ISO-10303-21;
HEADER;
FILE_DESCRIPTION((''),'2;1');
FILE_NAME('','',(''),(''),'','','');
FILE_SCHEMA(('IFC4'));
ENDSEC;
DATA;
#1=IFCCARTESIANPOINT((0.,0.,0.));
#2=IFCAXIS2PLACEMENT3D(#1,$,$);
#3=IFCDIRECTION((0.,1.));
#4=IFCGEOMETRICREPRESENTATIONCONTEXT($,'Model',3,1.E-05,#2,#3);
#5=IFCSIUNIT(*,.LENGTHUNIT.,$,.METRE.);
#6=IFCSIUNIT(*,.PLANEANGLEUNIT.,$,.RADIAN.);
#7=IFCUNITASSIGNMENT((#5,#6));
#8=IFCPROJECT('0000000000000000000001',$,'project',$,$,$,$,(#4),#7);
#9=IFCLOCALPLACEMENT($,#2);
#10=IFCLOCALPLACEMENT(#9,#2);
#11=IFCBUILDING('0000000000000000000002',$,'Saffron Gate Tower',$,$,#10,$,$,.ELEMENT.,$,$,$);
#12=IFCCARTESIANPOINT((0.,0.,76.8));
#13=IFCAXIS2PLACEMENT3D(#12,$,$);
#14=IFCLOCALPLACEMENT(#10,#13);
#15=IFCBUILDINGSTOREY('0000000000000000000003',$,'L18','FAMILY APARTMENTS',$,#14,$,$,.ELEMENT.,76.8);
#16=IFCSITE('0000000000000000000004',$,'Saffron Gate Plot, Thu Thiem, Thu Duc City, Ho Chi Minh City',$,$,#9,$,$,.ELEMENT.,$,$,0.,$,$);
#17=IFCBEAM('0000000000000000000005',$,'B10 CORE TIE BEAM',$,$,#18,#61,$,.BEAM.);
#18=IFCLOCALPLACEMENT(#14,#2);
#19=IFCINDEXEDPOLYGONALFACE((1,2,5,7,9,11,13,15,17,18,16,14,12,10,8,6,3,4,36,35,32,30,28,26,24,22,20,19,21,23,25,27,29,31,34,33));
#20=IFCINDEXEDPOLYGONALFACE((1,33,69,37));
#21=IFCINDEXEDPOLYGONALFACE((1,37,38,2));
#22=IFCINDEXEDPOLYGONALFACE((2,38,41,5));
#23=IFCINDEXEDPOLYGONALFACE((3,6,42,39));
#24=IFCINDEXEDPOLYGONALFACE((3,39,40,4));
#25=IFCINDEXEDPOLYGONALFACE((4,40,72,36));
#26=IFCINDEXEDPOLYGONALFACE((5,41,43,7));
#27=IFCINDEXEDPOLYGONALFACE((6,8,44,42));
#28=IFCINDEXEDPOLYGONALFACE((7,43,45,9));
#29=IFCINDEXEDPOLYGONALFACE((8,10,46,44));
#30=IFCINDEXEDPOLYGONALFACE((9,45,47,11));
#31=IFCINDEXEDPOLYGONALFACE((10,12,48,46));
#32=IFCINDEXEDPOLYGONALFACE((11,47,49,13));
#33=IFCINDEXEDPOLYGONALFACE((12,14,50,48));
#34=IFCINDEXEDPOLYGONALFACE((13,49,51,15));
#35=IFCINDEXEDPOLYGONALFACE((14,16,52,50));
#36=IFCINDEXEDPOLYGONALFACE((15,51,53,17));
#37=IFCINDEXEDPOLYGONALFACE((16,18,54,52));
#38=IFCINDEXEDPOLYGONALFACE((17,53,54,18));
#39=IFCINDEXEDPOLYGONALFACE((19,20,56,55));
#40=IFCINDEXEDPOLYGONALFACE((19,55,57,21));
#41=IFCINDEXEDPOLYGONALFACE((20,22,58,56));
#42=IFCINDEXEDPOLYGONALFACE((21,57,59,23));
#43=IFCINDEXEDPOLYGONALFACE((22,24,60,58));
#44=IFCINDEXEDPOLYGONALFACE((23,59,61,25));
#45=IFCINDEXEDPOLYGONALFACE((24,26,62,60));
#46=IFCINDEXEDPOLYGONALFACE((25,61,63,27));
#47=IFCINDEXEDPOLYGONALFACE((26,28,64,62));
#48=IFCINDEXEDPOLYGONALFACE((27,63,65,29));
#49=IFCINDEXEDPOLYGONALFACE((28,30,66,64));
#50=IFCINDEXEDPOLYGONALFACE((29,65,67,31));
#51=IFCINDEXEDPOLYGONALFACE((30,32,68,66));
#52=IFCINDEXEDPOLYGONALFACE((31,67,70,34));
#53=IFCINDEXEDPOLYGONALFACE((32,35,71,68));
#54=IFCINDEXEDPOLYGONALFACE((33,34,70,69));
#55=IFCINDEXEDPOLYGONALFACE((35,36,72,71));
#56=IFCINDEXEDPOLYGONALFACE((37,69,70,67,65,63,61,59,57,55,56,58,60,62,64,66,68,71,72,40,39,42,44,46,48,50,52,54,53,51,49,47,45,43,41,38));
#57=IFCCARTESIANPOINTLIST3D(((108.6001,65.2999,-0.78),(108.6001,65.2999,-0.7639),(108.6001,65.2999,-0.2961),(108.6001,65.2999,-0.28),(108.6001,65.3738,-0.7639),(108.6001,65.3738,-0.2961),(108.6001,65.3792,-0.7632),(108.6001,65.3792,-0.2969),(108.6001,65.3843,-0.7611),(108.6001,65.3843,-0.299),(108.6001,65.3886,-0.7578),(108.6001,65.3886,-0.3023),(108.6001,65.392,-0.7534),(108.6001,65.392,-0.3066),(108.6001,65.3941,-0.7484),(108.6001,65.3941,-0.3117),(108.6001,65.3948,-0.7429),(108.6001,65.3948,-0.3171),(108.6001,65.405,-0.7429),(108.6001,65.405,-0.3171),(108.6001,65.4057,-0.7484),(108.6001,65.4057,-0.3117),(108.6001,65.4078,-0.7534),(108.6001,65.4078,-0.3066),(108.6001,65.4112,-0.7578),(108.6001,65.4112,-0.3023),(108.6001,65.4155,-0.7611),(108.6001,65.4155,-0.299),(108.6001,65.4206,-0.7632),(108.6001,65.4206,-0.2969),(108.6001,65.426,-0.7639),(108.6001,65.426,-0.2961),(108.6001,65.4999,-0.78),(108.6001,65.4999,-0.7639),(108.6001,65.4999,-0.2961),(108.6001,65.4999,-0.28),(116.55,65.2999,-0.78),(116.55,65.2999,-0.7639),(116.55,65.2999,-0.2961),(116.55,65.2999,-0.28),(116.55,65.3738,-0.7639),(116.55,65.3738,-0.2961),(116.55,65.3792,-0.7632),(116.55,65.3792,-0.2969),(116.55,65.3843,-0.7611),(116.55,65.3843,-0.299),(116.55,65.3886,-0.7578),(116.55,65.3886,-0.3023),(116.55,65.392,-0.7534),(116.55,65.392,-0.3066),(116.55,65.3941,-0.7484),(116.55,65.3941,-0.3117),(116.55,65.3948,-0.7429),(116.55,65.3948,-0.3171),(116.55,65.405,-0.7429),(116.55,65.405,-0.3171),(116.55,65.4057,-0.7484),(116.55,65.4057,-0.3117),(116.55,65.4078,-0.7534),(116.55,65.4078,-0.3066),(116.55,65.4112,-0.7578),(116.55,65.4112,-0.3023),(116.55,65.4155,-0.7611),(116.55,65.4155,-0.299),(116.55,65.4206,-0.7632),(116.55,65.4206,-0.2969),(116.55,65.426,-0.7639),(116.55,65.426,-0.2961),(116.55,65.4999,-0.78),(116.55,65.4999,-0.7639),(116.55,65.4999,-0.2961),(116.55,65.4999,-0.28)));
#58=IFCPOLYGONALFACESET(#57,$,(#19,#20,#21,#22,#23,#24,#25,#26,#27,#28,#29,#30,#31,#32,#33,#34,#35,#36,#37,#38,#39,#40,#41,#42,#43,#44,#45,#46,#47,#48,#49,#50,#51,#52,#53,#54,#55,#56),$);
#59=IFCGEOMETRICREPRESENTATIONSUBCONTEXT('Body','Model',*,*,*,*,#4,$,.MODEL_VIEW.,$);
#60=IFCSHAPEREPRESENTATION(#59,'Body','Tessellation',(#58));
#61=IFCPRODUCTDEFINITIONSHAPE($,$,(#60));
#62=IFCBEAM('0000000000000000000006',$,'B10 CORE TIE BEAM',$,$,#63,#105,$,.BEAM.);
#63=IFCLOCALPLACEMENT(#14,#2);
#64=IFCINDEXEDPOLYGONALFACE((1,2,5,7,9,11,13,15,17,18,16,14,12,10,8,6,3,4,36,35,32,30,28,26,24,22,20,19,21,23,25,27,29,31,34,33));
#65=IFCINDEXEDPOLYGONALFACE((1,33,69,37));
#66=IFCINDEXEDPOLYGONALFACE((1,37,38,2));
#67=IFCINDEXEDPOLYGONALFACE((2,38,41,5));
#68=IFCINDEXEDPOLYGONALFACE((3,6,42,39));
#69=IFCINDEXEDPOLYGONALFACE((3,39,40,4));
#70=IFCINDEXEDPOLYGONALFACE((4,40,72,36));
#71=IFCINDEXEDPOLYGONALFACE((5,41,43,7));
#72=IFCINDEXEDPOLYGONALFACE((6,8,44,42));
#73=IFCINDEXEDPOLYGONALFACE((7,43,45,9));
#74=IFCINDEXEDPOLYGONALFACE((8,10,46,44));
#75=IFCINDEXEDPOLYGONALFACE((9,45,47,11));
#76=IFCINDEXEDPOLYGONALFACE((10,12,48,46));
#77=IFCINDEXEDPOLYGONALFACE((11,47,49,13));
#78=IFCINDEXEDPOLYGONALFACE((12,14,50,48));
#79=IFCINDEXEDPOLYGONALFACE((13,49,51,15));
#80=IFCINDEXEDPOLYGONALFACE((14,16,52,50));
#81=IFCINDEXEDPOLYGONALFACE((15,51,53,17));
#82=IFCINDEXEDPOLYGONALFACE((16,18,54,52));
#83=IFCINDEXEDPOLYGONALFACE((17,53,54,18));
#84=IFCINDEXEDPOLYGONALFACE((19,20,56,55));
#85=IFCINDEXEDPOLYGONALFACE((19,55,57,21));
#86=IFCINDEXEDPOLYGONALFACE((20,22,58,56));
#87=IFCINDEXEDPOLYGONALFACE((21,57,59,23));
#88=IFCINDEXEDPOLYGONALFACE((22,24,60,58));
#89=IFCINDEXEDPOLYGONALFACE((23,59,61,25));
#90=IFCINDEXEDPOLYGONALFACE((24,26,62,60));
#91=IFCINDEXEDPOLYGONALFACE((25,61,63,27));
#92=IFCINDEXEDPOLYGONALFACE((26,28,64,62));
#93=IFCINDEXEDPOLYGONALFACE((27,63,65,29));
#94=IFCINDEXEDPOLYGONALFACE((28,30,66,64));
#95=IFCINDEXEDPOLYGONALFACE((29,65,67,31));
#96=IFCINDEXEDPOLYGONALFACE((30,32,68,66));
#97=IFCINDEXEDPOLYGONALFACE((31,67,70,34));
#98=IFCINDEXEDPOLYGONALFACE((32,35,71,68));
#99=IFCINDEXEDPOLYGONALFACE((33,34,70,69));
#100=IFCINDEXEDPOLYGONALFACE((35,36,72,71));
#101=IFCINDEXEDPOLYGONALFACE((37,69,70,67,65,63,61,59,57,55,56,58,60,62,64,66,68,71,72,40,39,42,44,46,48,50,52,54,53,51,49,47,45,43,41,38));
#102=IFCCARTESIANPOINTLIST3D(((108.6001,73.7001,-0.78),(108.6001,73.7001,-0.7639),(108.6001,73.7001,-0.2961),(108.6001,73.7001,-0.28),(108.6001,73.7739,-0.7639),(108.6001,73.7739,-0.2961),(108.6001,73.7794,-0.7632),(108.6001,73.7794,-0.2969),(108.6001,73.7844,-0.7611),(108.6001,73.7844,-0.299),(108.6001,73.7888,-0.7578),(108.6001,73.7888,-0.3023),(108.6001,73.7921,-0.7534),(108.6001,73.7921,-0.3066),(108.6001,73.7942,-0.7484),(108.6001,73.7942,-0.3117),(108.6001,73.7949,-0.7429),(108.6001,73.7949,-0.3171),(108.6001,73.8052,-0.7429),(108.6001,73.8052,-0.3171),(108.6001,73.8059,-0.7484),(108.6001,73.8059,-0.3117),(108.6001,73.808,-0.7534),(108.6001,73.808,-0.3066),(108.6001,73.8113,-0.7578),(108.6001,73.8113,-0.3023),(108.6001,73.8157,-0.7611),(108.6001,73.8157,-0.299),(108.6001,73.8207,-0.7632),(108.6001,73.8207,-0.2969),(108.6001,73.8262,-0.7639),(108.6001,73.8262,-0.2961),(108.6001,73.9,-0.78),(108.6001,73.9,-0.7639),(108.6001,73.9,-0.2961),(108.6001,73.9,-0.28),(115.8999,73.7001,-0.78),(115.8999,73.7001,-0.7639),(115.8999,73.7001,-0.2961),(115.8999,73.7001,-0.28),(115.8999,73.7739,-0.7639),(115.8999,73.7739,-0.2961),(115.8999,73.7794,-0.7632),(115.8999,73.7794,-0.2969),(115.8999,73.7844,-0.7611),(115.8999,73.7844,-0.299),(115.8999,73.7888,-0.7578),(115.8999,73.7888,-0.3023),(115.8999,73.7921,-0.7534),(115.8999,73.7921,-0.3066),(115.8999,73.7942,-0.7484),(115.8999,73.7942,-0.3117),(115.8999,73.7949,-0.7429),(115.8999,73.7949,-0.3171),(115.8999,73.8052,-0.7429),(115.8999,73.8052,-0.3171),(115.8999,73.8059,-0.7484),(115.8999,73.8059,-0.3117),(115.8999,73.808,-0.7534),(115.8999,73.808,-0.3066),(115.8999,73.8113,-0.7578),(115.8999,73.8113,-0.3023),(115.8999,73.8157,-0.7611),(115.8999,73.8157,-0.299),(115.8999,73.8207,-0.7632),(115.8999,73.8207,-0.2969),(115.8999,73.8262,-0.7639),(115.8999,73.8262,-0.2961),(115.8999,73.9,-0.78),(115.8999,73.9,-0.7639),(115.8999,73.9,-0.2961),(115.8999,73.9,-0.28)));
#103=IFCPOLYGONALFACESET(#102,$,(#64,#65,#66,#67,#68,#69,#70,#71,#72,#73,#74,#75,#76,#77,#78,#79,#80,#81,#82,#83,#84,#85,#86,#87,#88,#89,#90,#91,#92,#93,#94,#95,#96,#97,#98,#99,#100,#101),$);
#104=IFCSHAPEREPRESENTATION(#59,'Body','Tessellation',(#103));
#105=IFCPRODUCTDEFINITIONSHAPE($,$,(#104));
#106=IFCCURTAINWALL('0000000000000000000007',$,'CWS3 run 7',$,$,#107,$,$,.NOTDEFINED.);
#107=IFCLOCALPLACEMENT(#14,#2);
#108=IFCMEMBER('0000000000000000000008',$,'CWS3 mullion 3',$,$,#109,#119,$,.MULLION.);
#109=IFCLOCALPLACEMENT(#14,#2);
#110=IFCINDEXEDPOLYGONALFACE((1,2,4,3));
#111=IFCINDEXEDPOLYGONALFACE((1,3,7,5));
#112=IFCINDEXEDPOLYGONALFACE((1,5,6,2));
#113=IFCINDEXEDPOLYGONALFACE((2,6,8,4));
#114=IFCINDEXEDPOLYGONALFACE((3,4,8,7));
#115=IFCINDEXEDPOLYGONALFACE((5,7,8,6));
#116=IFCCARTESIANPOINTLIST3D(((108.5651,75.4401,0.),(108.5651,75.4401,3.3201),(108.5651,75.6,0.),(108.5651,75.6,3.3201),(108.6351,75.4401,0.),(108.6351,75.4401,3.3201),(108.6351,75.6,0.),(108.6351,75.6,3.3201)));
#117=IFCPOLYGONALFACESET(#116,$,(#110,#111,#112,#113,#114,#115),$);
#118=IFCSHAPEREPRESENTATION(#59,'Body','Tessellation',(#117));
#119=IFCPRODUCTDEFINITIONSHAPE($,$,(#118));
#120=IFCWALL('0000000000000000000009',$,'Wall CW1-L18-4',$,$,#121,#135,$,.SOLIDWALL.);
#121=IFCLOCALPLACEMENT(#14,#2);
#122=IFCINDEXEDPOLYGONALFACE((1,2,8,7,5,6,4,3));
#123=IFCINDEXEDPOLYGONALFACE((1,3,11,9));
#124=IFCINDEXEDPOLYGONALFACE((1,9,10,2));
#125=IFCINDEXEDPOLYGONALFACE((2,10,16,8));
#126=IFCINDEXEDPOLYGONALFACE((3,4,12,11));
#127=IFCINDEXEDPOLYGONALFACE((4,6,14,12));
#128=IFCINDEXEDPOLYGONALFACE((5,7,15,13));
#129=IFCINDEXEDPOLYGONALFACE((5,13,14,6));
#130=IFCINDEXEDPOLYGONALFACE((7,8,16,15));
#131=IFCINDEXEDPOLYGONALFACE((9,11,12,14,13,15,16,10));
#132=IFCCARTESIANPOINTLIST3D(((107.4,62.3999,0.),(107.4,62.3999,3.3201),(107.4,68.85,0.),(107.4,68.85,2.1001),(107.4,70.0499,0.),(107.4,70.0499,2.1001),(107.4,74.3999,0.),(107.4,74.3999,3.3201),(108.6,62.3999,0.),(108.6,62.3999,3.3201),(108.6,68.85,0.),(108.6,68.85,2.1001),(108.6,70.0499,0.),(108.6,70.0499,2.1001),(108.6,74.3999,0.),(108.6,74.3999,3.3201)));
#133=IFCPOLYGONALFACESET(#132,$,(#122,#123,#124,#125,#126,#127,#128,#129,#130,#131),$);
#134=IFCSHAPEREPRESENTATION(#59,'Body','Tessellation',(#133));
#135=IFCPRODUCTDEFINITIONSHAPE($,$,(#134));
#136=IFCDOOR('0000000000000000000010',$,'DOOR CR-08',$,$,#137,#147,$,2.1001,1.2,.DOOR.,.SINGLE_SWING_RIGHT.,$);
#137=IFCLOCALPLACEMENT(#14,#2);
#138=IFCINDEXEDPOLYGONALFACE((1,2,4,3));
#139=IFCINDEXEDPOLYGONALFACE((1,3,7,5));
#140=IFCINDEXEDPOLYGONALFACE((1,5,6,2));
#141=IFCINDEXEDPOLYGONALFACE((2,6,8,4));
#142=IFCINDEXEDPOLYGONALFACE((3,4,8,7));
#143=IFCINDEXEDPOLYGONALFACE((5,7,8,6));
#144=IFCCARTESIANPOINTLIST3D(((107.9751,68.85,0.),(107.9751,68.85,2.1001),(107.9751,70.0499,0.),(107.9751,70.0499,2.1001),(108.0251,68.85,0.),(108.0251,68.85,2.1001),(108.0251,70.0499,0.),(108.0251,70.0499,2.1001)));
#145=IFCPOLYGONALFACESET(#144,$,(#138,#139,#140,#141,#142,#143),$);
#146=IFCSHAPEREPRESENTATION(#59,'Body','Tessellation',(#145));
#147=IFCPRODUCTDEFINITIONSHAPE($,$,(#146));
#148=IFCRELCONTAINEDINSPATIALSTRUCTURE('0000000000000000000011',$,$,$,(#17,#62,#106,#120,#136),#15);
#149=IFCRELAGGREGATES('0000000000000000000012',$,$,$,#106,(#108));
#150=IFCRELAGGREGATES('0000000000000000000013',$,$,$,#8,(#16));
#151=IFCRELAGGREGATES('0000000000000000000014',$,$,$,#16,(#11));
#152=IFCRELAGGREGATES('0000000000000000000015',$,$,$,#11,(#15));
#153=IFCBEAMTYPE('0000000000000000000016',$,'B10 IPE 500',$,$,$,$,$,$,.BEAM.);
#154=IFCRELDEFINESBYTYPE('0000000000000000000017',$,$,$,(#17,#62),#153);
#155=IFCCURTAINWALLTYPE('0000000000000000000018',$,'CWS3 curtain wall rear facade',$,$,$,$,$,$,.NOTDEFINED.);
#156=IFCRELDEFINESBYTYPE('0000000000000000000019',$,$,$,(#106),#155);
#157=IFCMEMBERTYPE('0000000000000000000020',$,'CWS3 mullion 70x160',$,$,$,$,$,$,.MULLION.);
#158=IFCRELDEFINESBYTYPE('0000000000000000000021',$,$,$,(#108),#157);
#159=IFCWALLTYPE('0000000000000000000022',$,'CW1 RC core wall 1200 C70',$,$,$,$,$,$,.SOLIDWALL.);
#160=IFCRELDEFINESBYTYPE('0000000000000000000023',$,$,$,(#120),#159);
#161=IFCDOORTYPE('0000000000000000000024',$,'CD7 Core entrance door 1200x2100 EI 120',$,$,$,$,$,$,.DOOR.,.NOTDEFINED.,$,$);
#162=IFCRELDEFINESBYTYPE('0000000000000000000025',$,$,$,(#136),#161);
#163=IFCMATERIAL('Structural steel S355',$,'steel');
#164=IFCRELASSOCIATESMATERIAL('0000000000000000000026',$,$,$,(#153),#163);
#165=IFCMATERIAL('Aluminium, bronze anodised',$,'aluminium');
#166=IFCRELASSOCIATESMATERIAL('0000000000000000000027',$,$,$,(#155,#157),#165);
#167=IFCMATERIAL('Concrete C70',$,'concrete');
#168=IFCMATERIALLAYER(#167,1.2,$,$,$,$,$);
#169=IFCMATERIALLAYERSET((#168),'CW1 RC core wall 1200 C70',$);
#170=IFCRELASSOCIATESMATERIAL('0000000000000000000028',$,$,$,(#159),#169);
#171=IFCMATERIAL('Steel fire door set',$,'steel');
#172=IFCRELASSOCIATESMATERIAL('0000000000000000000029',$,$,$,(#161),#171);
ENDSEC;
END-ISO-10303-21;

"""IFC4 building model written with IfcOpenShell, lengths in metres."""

from ifc_helpers import new_model, si_unit, direction, frame, frame_2d, origin, origin_2d, place, context, subcontext, project, spatial, rectangle, i_section, extrude, material, layer, layer_set, material_profile, profile_set, type_object, element, fill, aggregate, save


model = new_model("IFC4")

# Units and contexts
model_context = context("Model", 3, precision=1e-05, world=origin(), true_north=direction((0.0, 1.0)))
body_context = subcontext(model_context, "Body", "Model", "MODEL_VIEW")
ifc_project = project(units=[si_unit("LENGTHUNIT", "METRE"), si_unit("PLANEANGLEUNIT", "RADIAN")], contexts=[model_context])

# Site, building, storey
site_placement = place(None, origin())
site = spatial("IfcSite", under=ifc_project, at=site_placement, Name="Saffron Gate Plot, Thu Thiem, Thu Duc City, Ho Chi Minh City", CompositionType="ELEMENT", RefElevation=0.0)
building_placement = place(site_placement, origin())
building = spatial("IfcBuilding", under=site, at=building_placement, Name="Saffron Gate Tower", CompositionType="ELEMENT")
storey_placement = place(building_placement, frame((0.0, 0.0, 76.8)))
storey = spatial("IfcBuildingStorey", under=building, at=storey_placement, Name="L18", Description="FAMILY APARTMENTS", CompositionType="ELEMENT", Elevation=76.8)

# Beams
ifc_material_1 = material(Name="Structural steel S355", Category="steel")
ifc_material_profile_1 = material_profile(ifc_material_1, i_section(OverallWidth=0.2, OverallDepth=0.5, WebThickness=0.0103, FlangeThickness=0.0161, FilletRadius=0.021, at=origin_2d()))
ifc_profile_set_1 = profile_set([ifc_material_profile_1], Name="Structural steel S355")
beam_type = type_object("IfcBeamType", Name="B10 IPE 500", PredefinedType="BEAM", material=ifc_profile_set_1)
beam_1_placement = place(storey_placement, frame((116.55, 65.3999, -0.53), z_axis=(-1.0, 0.0, 0.0), x_axis=(0.0, -1.0, 0.0)))
element("IfcBeam", 1, at=beam_1_placement, inside=storey, type_object=beam_type, Name="B10 CORE TIE BEAM", PredefinedType="BEAM", context=body_context, shape_type="SweptSolid", body=[
    extrude(i_section(OverallWidth=0.2, OverallDepth=0.5, WebThickness=0.0103, FlangeThickness=0.0161, FilletRadius=0.021, at=origin_2d()), origin(), (0.0, 0.0, 1.0), 7.95),
])
beam_2_placement = place(storey_placement, frame((115.8999, 73.8, -0.53), z_axis=(-1.0, 0.0, 0.0), x_axis=(0.0, -1.0, 0.0)))
element("IfcBeam", 2, at=beam_2_placement, inside=storey, type_object=beam_type, Name="B10 CORE TIE BEAM", PredefinedType="BEAM", context=body_context, shape_type="SweptSolid", body=[
    extrude(i_section(OverallWidth=0.2, OverallDepth=0.5, WebThickness=0.0103, FlangeThickness=0.0161, FilletRadius=0.021, at=origin_2d()), origin(), (0.0, 0.0, 1.0), 7.2998),
])

# Curtain wall, member
ifc_material_2 = material(Name="Aluminium, bronze anodised", Category="aluminium")
curtain_wall_type = type_object("IfcCurtainWallType", Name="CWS3 curtain wall rear facade", PredefinedType="NOTDEFINED", material=ifc_material_2)
curtain_wall_placement = place(storey_placement, origin())
curtain_wall = element("IfcCurtainWall", 3, at=curtain_wall_placement, inside=storey, type_object=curtain_wall_type, Name="CWS3 run 7", PredefinedType="NOTDEFINED")
ifc_material_profile_2 = material_profile(ifc_material_2, rectangle(XDim=0.1599, YDim=0.0701, at=origin_2d()))
ifc_profile_set_2 = profile_set([ifc_material_profile_2], Name="Aluminium, bronze anodised")
member_type = type_object("IfcMemberType", Name="CWS3 mullion 70x160", PredefinedType="MULLION", material=ifc_profile_set_2)
member_placement = place(storey_placement, frame((108.6001, 75.52, 0.0), z_axis=(0.0, 0.0, 1.0), x_axis=(0.0, -1.0, 0.0)))
member = element("IfcMember", 4, at=member_placement, type_object=member_type, Name="CWS3 mullion 3", PredefinedType="MULLION", context=body_context, shape_type="SweptSolid", body=[
    extrude(rectangle(XDim=0.1599, YDim=0.0701, at=origin_2d()), origin(), (0.0, 0.0, 1.0), 3.3201),
])
aggregate(curtain_wall, [member])

# Wall, opening, door
ifc_material_3 = material(Name="Concrete C70", Category="concrete")
ifc_layer_1 = layer(ifc_material_3, 1.2)
ifc_layer_set_1 = layer_set([ifc_layer_1], Name="CW1 RC core wall 1200 C70")
wall_type_1 = type_object("IfcWallType", Name="CW1 RC core wall 1200 C70", PredefinedType="SOLIDWALL", material=ifc_layer_set_1)
wall_1_placement = place(storey_placement, frame((108.0, 62.3999, 0.0), z_axis=(0.0, 0.0, 1.0), x_axis=(0.0, 1.0, 0.0)))
wall_1 = element("IfcWall", 5, at=wall_1_placement, inside=storey, type_object=wall_type_1, Name="Wall CW1-L18-4", PredefinedType="SOLIDWALL", context=body_context, shape_type="SweptSolid", body=[
    extrude(rectangle(XDim=12.0, YDim=1.2, at=frame_2d((6.0, 0.0))), origin(), (0.0, 0.0, 1.0), 3.3201),
])
opening_1_placement = place(wall_1_placement, frame((6.45, 0.0, 0.0)))
opening_1 = element("IfcOpeningElement", 6, at=opening_1_placement, cuts=wall_1, PredefinedType="OPENING", context=body_context, shape_type="SweptSolid", body=[
    extrude(rectangle(XDim=1.2, YDim=2.1001, at=frame_2d((0.6001, 1.05))), frame((0.0, 0.6099, 0.0), z_axis=(0.0, -1.0, 0.0), x_axis=(1.0, 0.0, 0.0)), (0.0, 0.0, 1.0), 1.22),
])
ifc_material_4 = material(Name="Steel fire door set", Category="steel")
door_type_1 = type_object("IfcDoorType", Name="CD7 Core entrance door 1200x2100 EI 120", OperationType="NOTDEFINED", PredefinedType="DOOR", material=ifc_material_4)
door_1_placement = place(opening_1_placement, origin())
door_1 = element("IfcDoor", 7, at=door_1_placement, inside=storey, type_object=door_type_1, Name="DOOR CR-08", OperationType="SINGLE_SWING_RIGHT", OverallHeight=2.1001, OverallWidth=1.2, PredefinedType="DOOR", context=body_context, shape_type="SweptSolid", body=[
    extrude(rectangle(XDim=1.2, YDim=2.1001, at=frame_2d((0.6001, 1.05))), frame((0.0, 0.0249, 0.0), z_axis=(0.0, -1.0, 0.0), x_axis=(1.0, 0.0, 0.0)), (0.0, 0.0, 1.0), 0.05),
])
fill(opening_1, door_1)

save(model, "model.ifc")
